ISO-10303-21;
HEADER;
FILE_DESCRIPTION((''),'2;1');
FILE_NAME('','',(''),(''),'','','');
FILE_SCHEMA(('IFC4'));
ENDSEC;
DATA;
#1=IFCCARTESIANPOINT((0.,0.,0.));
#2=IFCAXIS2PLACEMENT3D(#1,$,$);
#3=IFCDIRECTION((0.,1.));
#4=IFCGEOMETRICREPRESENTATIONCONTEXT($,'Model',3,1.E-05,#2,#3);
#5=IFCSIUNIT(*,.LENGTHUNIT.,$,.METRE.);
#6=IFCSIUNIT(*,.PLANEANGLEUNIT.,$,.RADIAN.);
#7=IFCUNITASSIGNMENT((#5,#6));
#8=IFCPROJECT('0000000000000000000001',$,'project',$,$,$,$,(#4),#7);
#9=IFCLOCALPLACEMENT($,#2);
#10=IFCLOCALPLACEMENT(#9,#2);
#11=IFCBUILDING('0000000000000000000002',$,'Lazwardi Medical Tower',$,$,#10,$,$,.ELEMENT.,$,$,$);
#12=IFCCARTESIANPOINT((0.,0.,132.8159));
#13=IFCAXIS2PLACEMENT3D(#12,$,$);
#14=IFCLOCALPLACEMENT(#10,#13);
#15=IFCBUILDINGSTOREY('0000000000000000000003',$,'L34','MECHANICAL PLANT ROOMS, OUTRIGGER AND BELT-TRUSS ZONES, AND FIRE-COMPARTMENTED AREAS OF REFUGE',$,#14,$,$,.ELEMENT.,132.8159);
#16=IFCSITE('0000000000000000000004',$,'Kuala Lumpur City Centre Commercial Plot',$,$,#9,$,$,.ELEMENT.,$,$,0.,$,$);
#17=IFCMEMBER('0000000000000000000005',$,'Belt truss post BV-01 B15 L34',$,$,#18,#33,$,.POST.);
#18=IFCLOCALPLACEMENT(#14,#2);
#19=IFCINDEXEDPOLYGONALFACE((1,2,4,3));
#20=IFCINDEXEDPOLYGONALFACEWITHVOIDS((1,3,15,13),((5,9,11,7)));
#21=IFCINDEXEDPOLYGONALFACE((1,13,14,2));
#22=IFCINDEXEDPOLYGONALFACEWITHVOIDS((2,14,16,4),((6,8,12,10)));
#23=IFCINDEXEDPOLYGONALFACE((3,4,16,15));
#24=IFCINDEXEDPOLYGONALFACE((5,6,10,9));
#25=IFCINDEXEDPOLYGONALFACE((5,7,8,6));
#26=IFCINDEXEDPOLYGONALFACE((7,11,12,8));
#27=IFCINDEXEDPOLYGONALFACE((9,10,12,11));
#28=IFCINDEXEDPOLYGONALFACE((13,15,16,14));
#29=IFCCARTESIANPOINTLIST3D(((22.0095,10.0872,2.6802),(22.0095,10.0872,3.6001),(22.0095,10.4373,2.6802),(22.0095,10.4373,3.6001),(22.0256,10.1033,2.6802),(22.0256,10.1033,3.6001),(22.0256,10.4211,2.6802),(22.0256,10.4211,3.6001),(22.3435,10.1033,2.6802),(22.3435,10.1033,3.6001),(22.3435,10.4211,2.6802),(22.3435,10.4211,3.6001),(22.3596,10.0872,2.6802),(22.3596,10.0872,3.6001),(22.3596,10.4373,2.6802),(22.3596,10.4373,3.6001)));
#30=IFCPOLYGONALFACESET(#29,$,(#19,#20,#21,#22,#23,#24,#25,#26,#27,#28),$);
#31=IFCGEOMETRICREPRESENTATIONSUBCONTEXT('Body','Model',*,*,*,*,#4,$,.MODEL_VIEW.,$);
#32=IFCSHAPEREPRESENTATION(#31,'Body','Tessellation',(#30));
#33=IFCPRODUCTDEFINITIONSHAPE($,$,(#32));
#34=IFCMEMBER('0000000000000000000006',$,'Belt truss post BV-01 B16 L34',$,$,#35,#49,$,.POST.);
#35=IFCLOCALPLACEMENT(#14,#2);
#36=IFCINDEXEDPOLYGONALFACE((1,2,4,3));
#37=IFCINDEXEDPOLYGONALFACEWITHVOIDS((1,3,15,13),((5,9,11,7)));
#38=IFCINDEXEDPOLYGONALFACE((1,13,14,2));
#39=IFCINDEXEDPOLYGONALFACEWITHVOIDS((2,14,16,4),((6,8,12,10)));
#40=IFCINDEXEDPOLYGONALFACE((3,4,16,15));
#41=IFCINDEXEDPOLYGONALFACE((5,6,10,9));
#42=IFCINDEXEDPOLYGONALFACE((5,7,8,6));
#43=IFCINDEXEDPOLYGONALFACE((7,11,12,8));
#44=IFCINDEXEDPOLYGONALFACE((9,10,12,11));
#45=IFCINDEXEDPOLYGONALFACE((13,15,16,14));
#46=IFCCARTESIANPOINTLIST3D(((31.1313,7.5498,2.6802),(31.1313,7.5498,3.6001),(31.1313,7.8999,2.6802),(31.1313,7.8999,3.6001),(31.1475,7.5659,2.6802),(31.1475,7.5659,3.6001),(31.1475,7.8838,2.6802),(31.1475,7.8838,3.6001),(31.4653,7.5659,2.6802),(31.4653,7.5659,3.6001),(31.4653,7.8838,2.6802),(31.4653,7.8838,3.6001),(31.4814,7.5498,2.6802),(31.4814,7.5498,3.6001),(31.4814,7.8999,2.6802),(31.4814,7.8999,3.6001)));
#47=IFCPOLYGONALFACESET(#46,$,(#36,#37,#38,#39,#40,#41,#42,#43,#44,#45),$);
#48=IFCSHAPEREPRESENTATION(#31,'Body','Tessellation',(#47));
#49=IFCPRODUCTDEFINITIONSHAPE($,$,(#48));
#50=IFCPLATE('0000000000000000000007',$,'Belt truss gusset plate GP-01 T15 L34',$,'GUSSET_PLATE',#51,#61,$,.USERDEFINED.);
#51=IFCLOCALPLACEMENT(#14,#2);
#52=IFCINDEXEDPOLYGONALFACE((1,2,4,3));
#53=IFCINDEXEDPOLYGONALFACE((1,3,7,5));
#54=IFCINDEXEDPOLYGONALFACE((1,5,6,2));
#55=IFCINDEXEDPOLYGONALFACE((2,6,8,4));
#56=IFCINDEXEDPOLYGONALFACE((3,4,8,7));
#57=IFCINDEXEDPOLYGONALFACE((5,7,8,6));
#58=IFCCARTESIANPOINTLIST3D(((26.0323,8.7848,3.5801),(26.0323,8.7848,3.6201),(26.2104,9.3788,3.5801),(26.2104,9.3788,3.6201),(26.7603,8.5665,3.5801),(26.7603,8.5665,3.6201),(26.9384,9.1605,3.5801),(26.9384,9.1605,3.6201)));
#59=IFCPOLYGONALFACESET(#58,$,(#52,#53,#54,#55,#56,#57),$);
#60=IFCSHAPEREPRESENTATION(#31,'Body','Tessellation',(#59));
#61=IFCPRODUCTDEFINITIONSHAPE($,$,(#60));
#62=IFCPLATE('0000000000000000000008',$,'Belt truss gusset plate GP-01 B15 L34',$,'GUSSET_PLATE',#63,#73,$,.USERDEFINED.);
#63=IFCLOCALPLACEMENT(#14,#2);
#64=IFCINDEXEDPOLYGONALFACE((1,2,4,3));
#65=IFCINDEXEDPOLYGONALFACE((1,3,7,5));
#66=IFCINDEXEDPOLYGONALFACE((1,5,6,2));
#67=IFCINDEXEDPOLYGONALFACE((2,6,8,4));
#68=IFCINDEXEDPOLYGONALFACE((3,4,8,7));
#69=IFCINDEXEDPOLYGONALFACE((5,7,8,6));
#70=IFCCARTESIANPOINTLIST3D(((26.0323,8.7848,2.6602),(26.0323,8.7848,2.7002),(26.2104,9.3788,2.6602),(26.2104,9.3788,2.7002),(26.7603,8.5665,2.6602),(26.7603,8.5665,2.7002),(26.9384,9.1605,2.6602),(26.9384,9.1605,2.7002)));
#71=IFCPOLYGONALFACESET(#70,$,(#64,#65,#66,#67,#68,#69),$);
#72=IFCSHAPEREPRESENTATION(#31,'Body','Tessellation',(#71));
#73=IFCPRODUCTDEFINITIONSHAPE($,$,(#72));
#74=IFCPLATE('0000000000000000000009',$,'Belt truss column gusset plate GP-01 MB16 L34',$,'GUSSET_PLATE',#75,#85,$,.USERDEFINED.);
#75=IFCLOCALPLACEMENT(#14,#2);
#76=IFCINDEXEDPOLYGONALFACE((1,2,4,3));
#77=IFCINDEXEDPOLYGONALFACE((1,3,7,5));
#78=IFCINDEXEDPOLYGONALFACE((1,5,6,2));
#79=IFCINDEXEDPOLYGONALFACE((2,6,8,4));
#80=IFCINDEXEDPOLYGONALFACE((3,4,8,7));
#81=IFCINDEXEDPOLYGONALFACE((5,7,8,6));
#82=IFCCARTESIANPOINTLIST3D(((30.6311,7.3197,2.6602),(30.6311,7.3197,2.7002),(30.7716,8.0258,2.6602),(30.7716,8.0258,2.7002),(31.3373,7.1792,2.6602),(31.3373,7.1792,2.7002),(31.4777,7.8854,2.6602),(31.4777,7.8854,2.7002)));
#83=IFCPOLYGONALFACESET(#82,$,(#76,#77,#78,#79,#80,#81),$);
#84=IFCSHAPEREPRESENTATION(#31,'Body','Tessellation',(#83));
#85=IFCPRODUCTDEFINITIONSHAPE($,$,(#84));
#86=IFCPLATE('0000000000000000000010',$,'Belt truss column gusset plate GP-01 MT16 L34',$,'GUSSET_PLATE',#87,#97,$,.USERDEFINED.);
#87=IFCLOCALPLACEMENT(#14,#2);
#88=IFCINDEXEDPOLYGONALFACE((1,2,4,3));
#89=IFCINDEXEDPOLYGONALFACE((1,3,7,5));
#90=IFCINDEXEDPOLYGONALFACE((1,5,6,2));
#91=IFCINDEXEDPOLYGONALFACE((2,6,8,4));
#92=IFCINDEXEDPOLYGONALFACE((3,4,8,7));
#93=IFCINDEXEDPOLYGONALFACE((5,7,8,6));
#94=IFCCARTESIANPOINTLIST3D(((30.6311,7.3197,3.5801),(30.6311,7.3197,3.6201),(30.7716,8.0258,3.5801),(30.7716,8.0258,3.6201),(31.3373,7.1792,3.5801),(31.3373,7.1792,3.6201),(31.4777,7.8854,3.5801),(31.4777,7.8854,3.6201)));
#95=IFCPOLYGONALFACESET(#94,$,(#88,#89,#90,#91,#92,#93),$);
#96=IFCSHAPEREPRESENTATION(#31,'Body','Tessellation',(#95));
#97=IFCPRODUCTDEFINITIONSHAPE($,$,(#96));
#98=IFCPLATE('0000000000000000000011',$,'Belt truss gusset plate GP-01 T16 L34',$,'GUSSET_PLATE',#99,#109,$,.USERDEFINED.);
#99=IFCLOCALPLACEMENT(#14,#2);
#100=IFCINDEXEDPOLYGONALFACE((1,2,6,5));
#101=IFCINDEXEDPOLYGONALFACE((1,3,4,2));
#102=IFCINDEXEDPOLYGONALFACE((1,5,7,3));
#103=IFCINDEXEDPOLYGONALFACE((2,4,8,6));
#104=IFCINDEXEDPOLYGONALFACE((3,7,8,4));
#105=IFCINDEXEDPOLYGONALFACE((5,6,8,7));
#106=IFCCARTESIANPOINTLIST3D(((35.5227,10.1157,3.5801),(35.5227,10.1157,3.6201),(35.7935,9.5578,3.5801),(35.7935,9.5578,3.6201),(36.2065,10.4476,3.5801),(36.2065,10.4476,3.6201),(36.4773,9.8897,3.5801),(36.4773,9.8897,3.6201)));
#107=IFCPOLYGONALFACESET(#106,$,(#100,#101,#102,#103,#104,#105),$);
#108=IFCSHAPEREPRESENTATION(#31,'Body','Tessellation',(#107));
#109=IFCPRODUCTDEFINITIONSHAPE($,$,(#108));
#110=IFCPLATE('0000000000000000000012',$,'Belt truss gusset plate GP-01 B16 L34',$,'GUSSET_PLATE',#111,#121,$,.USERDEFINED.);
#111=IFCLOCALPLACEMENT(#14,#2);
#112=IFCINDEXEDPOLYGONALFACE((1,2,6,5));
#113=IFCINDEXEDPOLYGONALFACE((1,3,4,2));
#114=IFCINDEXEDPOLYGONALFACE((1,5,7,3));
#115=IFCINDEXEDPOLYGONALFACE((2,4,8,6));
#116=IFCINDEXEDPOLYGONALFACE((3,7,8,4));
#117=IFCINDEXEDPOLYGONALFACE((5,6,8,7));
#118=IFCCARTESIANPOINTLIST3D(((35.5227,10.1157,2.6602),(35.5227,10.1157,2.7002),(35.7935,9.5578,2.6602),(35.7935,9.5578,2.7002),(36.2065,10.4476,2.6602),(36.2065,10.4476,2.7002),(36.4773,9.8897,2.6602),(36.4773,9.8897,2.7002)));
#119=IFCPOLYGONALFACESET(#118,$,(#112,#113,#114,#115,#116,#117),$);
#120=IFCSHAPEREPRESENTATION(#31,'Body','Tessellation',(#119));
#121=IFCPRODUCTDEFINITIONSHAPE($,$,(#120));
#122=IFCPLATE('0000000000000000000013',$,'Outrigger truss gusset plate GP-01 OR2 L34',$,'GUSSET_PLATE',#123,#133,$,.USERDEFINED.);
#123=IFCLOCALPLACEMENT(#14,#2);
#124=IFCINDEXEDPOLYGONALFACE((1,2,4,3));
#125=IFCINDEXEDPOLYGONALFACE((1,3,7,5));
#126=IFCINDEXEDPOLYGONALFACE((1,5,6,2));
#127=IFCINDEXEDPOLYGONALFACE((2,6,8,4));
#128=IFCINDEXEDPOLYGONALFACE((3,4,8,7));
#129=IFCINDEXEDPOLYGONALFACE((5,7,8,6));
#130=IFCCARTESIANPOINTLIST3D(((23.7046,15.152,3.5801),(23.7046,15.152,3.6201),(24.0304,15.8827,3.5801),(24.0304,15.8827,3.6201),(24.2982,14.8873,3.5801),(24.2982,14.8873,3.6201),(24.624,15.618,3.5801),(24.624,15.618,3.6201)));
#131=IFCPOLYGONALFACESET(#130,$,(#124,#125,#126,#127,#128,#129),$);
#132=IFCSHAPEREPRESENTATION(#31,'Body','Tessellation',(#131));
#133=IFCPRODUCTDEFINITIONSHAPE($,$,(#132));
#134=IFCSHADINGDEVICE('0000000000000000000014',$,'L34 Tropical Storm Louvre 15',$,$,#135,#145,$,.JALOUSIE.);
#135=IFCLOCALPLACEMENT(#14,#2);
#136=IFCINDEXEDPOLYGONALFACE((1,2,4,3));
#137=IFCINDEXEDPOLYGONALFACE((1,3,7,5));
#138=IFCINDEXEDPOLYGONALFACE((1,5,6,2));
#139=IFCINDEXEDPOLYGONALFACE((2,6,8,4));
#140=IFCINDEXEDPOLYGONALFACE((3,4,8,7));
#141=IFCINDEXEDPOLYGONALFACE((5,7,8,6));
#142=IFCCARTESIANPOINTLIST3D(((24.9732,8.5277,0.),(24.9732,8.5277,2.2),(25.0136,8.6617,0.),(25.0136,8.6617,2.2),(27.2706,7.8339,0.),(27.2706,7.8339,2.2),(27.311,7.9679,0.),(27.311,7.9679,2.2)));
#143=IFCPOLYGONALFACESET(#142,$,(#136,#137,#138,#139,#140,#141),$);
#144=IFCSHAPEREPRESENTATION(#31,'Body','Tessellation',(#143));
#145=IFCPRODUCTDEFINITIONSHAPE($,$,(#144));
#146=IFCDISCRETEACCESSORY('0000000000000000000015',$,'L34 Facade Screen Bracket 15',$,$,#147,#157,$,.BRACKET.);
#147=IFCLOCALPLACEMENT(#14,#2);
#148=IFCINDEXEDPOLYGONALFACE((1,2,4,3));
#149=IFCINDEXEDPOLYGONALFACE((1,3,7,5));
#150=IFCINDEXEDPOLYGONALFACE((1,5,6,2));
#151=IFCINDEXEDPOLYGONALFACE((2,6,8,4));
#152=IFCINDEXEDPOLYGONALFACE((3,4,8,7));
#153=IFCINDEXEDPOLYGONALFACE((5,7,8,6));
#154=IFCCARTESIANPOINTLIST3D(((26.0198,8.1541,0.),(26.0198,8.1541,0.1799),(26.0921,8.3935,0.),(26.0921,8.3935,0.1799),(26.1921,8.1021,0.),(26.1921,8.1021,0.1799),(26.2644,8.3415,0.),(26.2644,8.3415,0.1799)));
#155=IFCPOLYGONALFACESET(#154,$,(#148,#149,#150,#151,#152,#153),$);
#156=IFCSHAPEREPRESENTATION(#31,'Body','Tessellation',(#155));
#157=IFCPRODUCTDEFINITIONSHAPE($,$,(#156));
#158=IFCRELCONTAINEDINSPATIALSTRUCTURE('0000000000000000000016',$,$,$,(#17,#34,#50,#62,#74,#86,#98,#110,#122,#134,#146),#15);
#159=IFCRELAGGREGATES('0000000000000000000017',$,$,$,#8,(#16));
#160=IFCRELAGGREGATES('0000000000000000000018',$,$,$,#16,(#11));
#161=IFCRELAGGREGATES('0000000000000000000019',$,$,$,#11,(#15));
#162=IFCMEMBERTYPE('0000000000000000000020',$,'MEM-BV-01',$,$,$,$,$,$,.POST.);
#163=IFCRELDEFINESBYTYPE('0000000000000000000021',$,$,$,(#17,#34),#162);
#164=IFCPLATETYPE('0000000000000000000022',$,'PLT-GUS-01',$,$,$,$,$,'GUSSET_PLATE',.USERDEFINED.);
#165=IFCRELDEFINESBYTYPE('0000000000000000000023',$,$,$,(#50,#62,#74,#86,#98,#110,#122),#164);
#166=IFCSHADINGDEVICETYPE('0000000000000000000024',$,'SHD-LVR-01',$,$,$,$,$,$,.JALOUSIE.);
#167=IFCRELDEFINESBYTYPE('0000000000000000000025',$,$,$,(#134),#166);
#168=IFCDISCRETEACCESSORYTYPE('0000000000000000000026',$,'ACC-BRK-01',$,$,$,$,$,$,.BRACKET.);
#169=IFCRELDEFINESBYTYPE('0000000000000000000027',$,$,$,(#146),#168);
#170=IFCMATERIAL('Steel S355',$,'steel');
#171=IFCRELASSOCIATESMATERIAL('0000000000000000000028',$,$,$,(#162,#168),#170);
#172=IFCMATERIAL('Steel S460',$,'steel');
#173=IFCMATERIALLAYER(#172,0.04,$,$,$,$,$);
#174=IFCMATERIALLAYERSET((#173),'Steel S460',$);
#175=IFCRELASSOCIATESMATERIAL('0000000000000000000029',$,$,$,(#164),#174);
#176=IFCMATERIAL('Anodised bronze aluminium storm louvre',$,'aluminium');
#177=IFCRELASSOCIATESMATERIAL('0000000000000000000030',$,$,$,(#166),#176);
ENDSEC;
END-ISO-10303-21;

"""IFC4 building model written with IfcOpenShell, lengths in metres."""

from ifc_helpers import new_model, si_unit, direction, frame, origin, origin_2d, place, context, subcontext, project, spatial, rectangle, hollow_rectangle, extrude, material, layer, layer_set, material_profile, profile_set, type_object, element, save


model = new_model("IFC4")

# Units and contexts
model_context = context("Model", 3, precision=1e-05, world=origin(), true_north=direction((0.0, 1.0)))
body_context = subcontext(model_context, "Body", "Model", "MODEL_VIEW")
ifc_project = project(units=[si_unit("LENGTHUNIT", "METRE"), si_unit("PLANEANGLEUNIT", "RADIAN")], contexts=[model_context])

# Site, building, storey
site_placement = place(None, origin())
site = spatial("IfcSite", under=ifc_project, at=site_placement, Name="Kuala Lumpur City Centre Commercial Plot", CompositionType="ELEMENT", RefElevation=0.0)
building_placement = place(site_placement, origin())
building = spatial("IfcBuilding", under=site, at=building_placement, Name="Lazwardi Medical Tower", CompositionType="ELEMENT")
storey_placement = place(building_placement, frame((0.0, 0.0, 132.8159)))
storey = spatial("IfcBuildingStorey", under=building, at=storey_placement, Name="L34", Description="MECHANICAL PLANT ROOMS, OUTRIGGER AND BELT-TRUSS ZONES, AND FIRE-COMPARTMENTED AREAS OF REFUGE", CompositionType="ELEMENT", Elevation=132.8159)

# Shared definitions
ifc_material_1 = material(Name="Steel S355", Category="steel")
ifc_material_2 = material(Name="Steel S460", Category="steel")

# Members
ifc_material_profile_1 = material_profile(ifc_material_1, hollow_rectangle(XDim=0.3501, YDim=0.3501, WallThickness=0.0161, at=origin_2d()), Name="RHS 350x350x16")
ifc_profile_set_1 = profile_set([ifc_material_profile_1], Name="Steel S355")
member_type_1 = type_object("IfcMemberType", Name="MEM-BV-01", PredefinedType="POST", material=ifc_profile_set_1)
for number, where, z_axis, x_axis, name in (
    (1, (22.1846, 10.2622, 2.6802), (0.0, 0.0, 1.0), (1.0, 0.0, 0.0), "Belt truss post BV-01 B15 L34"),
    (2, (31.3064, 7.7249, 2.6802), (0.0, 0.0, 1.0), (1.0, 0.0, 0.0), "Belt truss post BV-01 B16 L34"),
):
    element("IfcMember", number, at=place(storey_placement, frame(where, z_axis=z_axis, x_axis=x_axis)), inside=storey, type_object=member_type_1, Name=name, PredefinedType="POST", context=body_context, shape_type="SweptSolid", body=[
        extrude(hollow_rectangle(XDim=0.3501, YDim=0.3501, WallThickness=0.0161, at=origin_2d()), origin(), (0.0, 0.0, 1.0), 0.9199),
    ])

# Plates
ifc_layer = layer(ifc_material_2, 0.04)
ifc_layer_set = layer_set([ifc_layer], Name="Steel S460")
plate_type = type_object("IfcPlateType", Name="PLT-GUS-01", ElementType="GUSSET_PLATE", PredefinedType="USERDEFINED", material=ifc_layer_set)
for number, where, z_axis, x_axis, name in (
    (3, (26.4854, 8.9727, 3.5801), (0.0, 0.0, 1.0), (0.957873, -0.287193, 0.0), "Belt truss gusset plate GP-01 T15 L34"),
    (4, (26.4854, 8.9727, 2.6602), (0.0, 0.0, 1.0), (0.957873, -0.287193, 0.0), "Belt truss gusset plate GP-01 B15 L34"),
):
    element("IfcPlate", number, at=place(storey_placement, frame(where, z_axis=z_axis, x_axis=x_axis)), inside=storey, type_object=plate_type, Name=name, ObjectType="GUSSET_PLATE", PredefinedType="USERDEFINED", context=body_context, shape_type="SweptSolid", body=[
        extrude(rectangle(XDim=0.76, YDim=0.6201, at=origin_2d()), origin(), (0.0, 0.0, 1.0), 0.04),
    ])
for number, where, z_axis, x_axis, name in (
    (5, (31.0544, 7.6025, 2.6602), (0.0, 0.0, 1.0), (-0.19509, -0.980785, 0.0), "Belt truss column gusset plate GP-01 MB16 L34"),
    (6, (31.0544, 7.6025, 3.5801), (0.0, 0.0, 1.0), (-0.19509, -0.980785, 0.0), "Belt truss column gusset plate GP-01 MT16 L34"),
):
    element("IfcPlate", number, at=place(storey_placement, frame(where, z_axis=z_axis, x_axis=x_axis)), inside=storey, type_object=plate_type, Name=name, ObjectType="GUSSET_PLATE", PredefinedType="USERDEFINED", context=body_context, shape_type="SweptSolid", body=[
        extrude(rectangle(XDim=0.72, YDim=0.72, at=origin_2d()), origin(), (0.0, 0.0, 1.0), 0.04),
    ])
for number, where, z_axis, x_axis, name in (
    (7, (36.0, 10.0027, 3.5801), (0.0, 0.0, 1.0), (0.899634, 0.436645, 0.0), "Belt truss gusset plate GP-01 T16 L34"),
    (8, (36.0, 10.0027, 2.6602), (0.0, 0.0, 1.0), (0.899634, 0.436645, 0.0), "Belt truss gusset plate GP-01 B16 L34"),
):
    element("IfcPlate", number, at=place(storey_placement, frame(where, z_axis=z_axis, x_axis=x_axis)), inside=storey, type_object=plate_type, Name=name, ObjectType="GUSSET_PLATE", PredefinedType="USERDEFINED", context=body_context, shape_type="SweptSolid", body=[
        extrude(rectangle(XDim=0.76, YDim=0.6201, at=origin_2d()), origin(), (0.0, 0.0, 1.0), 0.04),
    ])
plate_placement = place(storey_placement, frame((24.1643, 15.385, 3.5801), z_axis=(0.0, 0.0, 1.0), x_axis=(-0.407215, -0.913332, 0.0)))
element("IfcPlate", 9, at=plate_placement, inside=storey, type_object=plate_type, Name="Outrigger truss gusset plate GP-01 OR2 L34", ObjectType="GUSSET_PLATE", PredefinedType="USERDEFINED", context=body_context, shape_type="SweptSolid", body=[
    extrude(rectangle(XDim=0.8, YDim=0.6499, at=origin_2d()), origin(), (0.0, 0.0, 1.0), 0.04),
])

# Shading device
ifc_material_3 = material(Name="Anodised bronze aluminium storm louvre", Category="aluminium")
shading_device_type = type_object("IfcShadingDeviceType", Name="SHD-LVR-01", PredefinedType="JALOUSIE", material=ifc_material_3)
shading_device_placement = place(storey_placement, frame((26.1421, 8.2478, 0.0), z_axis=(0.0, 0.0, 1.0), x_axis=(0.957299, -0.289099, 0.0)))
element("IfcShadingDevice", 10, at=shading_device_placement, inside=storey, type_object=shading_device_type, Name="L34 Tropical Storm Louvre 15", PredefinedType="JALOUSIE", context=body_context, shape_type="SweptSolid", body=[
    extrude(rectangle(XDim=2.3999, YDim=0.1399, at=origin_2d()), origin(), (0.0, 0.0, 1.0), 2.2),
])

# Discrete accessory
discrete_accessory_type = type_object("IfcDiscreteAccessoryType", Name="ACC-BRK-01", PredefinedType="BRACKET", material=ifc_material_1)
discrete_accessory_placement = place(storey_placement, frame((26.1421, 8.2478, 0.0), z_axis=(0.0, 0.0, 1.0), x_axis=(0.957299, -0.289099, 0.0)))
element("IfcDiscreteAccessory", 11, at=discrete_accessory_placement, inside=storey, type_object=discrete_accessory_type, Name="L34 Facade Screen Bracket 15", PredefinedType="BRACKET", context=body_context, shape_type="SweptSolid", body=[
    extrude(rectangle(XDim=0.1799, YDim=0.25, at=origin_2d()), origin(), (0.0, 0.0, 1.0), 0.1799),
])

save(model, "model.ifc")
